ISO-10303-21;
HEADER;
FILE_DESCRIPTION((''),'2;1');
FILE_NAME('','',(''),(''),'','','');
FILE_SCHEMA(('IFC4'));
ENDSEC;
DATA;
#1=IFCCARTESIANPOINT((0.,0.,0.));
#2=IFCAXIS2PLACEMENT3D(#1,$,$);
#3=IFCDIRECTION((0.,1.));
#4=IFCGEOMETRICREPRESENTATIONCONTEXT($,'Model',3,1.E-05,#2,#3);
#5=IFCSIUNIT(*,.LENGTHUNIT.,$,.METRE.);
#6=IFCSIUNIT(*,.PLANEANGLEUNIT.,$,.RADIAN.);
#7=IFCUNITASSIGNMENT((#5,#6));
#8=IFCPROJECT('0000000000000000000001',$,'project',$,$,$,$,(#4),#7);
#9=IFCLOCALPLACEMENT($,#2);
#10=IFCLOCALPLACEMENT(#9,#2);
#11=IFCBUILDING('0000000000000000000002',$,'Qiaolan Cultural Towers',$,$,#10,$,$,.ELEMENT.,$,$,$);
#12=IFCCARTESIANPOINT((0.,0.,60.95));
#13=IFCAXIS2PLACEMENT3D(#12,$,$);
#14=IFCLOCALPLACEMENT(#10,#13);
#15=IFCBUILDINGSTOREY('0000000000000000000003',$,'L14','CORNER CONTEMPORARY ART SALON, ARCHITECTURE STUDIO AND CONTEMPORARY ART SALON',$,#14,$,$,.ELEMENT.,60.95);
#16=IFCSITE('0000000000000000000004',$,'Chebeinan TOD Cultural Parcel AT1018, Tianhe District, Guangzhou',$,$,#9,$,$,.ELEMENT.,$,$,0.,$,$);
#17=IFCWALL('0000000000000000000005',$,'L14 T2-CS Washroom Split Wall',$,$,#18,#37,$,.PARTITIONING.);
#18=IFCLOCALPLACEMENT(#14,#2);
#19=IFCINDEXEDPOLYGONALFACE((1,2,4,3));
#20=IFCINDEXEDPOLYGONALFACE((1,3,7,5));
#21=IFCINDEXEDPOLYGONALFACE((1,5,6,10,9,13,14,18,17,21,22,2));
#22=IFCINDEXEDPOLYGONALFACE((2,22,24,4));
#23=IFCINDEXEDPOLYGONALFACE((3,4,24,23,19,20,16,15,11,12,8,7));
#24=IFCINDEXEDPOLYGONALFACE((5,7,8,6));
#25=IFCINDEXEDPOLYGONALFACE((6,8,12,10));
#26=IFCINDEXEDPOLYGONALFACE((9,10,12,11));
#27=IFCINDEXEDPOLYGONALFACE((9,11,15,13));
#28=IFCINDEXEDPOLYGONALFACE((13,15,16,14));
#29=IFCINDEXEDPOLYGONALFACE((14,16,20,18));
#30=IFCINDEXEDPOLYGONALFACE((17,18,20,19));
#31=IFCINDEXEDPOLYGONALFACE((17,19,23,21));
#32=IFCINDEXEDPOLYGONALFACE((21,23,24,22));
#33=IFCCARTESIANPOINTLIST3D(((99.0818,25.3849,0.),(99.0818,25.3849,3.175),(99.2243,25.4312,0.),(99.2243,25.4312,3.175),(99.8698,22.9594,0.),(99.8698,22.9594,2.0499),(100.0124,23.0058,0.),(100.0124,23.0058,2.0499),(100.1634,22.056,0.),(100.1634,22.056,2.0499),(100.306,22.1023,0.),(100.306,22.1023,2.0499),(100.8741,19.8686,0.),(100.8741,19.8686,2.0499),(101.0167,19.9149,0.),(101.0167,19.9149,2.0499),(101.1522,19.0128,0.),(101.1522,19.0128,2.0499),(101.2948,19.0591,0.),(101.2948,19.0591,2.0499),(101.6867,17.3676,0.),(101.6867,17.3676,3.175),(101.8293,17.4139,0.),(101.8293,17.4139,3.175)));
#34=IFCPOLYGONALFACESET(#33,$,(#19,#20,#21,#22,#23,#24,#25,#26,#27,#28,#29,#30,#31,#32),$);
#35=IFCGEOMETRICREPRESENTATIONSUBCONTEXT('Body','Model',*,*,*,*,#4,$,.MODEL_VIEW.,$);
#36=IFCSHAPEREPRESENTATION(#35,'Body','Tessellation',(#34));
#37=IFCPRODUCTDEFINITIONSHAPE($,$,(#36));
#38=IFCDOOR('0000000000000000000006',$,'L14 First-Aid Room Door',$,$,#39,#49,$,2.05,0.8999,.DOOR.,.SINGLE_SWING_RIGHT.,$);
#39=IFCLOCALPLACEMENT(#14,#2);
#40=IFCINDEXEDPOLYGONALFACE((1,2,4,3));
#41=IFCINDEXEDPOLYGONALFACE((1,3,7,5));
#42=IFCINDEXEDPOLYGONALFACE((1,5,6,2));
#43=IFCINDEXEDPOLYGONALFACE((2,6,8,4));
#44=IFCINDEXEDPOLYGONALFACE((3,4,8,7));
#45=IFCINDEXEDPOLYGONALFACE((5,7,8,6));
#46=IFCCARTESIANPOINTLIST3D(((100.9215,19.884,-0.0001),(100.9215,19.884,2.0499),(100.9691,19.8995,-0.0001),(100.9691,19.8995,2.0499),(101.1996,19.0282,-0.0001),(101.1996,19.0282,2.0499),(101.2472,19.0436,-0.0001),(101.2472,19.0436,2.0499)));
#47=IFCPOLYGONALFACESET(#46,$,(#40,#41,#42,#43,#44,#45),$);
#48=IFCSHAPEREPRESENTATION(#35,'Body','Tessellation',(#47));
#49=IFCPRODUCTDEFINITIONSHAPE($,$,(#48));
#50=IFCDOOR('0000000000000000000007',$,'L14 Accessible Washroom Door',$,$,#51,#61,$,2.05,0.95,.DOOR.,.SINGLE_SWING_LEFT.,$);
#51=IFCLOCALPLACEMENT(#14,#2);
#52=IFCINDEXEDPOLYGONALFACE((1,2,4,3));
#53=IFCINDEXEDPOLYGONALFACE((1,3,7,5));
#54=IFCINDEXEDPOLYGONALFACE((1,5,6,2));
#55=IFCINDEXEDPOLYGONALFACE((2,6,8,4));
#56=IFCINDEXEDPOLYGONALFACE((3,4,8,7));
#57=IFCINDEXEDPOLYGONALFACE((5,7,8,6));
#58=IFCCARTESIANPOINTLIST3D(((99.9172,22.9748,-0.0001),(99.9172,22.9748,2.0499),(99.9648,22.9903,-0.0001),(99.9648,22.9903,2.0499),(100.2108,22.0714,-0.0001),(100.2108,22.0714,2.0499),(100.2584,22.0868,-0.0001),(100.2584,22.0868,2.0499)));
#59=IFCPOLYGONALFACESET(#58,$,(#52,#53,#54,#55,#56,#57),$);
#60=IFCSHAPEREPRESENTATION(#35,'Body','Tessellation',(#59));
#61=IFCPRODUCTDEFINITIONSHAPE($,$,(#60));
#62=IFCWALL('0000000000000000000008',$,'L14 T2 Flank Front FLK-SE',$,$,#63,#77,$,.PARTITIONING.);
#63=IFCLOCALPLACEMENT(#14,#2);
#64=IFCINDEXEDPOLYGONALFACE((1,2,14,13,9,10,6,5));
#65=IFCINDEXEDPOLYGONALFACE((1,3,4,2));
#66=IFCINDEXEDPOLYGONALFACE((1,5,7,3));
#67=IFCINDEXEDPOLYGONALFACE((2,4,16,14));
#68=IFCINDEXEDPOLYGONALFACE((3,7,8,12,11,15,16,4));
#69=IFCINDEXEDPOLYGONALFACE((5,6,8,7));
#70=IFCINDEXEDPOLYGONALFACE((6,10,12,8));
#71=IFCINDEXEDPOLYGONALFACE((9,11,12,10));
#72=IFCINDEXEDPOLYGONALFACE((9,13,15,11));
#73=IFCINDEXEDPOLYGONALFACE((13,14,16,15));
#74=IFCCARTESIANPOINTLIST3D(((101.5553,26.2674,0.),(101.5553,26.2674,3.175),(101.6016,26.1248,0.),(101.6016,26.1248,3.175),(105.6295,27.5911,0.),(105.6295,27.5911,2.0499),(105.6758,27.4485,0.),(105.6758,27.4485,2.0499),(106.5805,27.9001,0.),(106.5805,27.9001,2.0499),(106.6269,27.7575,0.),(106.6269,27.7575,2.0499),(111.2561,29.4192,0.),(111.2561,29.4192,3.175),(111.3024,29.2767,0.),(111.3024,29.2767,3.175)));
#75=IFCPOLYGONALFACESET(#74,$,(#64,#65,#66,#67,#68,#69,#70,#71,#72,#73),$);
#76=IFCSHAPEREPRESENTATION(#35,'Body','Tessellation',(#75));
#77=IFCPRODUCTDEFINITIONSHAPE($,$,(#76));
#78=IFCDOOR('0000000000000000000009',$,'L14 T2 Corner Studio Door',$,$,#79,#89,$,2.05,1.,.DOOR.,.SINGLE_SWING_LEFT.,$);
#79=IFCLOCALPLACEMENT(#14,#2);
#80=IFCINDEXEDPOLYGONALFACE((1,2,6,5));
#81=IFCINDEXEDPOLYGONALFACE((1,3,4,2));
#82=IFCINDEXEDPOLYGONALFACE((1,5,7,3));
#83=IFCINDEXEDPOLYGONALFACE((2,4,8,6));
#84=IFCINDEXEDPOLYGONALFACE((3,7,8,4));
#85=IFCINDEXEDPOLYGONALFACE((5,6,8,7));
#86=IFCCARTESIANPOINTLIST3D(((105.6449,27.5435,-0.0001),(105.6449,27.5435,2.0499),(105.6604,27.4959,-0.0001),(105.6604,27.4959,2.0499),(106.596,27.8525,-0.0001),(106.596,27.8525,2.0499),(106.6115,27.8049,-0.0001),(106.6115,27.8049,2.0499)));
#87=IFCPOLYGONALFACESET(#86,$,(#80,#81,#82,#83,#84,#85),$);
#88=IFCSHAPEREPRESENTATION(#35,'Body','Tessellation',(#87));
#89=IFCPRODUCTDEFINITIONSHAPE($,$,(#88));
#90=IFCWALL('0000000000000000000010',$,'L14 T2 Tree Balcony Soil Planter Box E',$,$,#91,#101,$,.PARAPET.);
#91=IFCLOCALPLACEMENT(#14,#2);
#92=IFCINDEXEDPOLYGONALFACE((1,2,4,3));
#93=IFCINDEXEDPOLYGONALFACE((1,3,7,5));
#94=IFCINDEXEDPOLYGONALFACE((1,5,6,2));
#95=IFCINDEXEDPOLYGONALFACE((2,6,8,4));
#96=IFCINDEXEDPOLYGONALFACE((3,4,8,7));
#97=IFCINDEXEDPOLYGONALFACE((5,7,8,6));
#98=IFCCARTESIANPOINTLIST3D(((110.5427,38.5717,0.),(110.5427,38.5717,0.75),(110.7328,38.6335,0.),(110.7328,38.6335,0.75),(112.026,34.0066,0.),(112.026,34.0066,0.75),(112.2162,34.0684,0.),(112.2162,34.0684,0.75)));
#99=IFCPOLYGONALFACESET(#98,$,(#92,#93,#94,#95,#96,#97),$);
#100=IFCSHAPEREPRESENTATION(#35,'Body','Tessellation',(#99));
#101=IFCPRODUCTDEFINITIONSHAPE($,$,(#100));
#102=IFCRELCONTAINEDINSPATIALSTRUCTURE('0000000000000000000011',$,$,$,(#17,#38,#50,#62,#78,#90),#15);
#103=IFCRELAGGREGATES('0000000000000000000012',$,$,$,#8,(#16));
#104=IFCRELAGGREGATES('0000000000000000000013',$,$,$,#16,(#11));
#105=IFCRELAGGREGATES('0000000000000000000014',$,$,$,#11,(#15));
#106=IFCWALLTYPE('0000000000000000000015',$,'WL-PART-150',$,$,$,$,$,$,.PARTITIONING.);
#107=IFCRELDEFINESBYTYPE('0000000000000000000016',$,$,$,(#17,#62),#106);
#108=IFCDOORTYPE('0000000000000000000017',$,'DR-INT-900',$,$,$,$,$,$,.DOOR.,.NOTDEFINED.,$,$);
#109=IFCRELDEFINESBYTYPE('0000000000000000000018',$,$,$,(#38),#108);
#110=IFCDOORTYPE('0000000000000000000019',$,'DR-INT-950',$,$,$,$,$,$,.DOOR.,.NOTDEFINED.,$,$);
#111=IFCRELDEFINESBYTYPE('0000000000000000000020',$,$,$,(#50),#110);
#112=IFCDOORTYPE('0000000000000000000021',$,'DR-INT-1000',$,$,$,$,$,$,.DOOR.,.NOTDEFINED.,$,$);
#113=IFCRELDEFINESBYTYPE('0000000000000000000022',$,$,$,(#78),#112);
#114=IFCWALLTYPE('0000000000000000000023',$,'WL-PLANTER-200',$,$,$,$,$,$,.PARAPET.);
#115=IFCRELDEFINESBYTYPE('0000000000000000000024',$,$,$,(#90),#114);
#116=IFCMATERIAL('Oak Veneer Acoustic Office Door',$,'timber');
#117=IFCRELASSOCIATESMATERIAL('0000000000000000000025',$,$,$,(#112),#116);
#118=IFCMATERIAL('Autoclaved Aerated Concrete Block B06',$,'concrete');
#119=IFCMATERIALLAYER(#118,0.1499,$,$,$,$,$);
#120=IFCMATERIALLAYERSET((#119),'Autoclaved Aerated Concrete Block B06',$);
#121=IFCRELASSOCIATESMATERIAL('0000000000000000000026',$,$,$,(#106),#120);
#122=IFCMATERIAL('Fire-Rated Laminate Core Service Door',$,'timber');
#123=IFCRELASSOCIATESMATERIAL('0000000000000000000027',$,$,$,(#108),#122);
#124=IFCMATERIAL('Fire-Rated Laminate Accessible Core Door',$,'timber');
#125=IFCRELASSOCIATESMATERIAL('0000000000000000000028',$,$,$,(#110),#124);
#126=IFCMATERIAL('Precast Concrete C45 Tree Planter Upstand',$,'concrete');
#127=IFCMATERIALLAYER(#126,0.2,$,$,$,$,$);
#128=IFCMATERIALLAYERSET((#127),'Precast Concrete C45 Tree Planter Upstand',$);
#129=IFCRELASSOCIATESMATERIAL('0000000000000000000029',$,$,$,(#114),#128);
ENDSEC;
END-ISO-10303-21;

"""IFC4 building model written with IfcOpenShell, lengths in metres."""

from ifc_helpers import new_model, si_unit, direction, frame, frame_2d, origin, place, context, subcontext, project, spatial, rectangle, extrude, material, layer, layer_set, type_object, element, fill, save


model = new_model("IFC4")

# Units and contexts
model_context = context("Model", 3, precision=1e-05, world=origin(), true_north=direction((0.0, 1.0)))
body_context = subcontext(model_context, "Body", "Model", "MODEL_VIEW")
ifc_project = project(units=[si_unit("LENGTHUNIT", "METRE"), si_unit("PLANEANGLEUNIT", "RADIAN")], contexts=[model_context])

# Site, building, storey
site_placement = place(None, origin())
site = spatial("IfcSite", under=ifc_project, at=site_placement, Name="Chebeinan TOD Cultural Parcel AT1018, Tianhe District, Guangzhou", CompositionType="ELEMENT", RefElevation=0.0)
building_placement = place(site_placement, origin())
building = spatial("IfcBuilding", under=site, at=building_placement, Name="Qiaolan Cultural Towers", CompositionType="ELEMENT")
storey_placement = place(building_placement, frame((0.0, 0.0, 60.95)))
storey = spatial("IfcBuildingStorey", under=building, at=storey_placement, Name="L14", Description="CORNER CONTEMPORARY ART SALON, ARCHITECTURE STUDIO AND CONTEMPORARY ART SALON", CompositionType="ELEMENT", Elevation=60.95)

# Shared definitions
ifc_material_1 = material(Name="Oak Veneer Acoustic Office Door", Category="timber")
door_type_1 = type_object("IfcDoorType", Name="DR-INT-1000", OperationType="NOTDEFINED", PredefinedType="DOOR", material=ifc_material_1)

# Wall, openings, doors
ifc_material_2 = material(Name="Autoclaved Aerated Concrete Block B06", Category="concrete")
ifc_layer_1 = layer(ifc_material_2, 0.1499)
ifc_layer_set_1 = layer_set([ifc_layer_1], Name="Autoclaved Aerated Concrete Block B06")
wall_type_1 = type_object("IfcWallType", Name="WL-PART-150", PredefinedType="PARTITIONING", material=ifc_layer_set_1)
wall_1_placement = place(storey_placement, frame((99.1531, 25.408, 0.0), z_axis=(0.0, 0.0, 1.0), x_axis=(0.309016, -0.951057, 0.0)))
wall_1 = element("IfcWall", 1, at=wall_1_placement, inside=storey, type_object=wall_type_1, Name="L14 T2-CS Washroom Split Wall", PredefinedType="PARTITIONING", context=body_context, shape_type="SweptSolid", body=[
    extrude(rectangle(XDim=8.4299, YDim=0.1499, at=frame_2d((4.2148, 0.0))), origin(), (0.0, 0.0, 1.0), 3.175),
])
opening_1_placement = place(wall_1_placement, frame((2.55, 0.0, 0.0)))
opening_1 = element("IfcOpeningElement", 2, at=opening_1_placement, cuts=wall_1, PredefinedType="OPENING", context=body_context, shape_type="SweptSolid", body=[
    extrude(rectangle(XDim=0.95, YDim=2.05, at=frame_2d((0.4751, 1.0249))), frame((0.0, 0.085, 0.0), z_axis=(0.0, -1.0, 0.0), x_axis=(1.0, 0.0, 0.0)), (0.0, 0.0, 1.0), 0.1699),
])
opening_2_placement = place(wall_1_placement, frame((5.8, 0.0, 0.0)))
opening_2 = element("IfcOpeningElement", 3, at=opening_2_placement, cuts=wall_1, PredefinedType="OPENING", context=body_context, shape_type="SweptSolid", body=[
    extrude(rectangle(XDim=0.8999, YDim=2.05, at=frame_2d((0.45, 1.0249))), frame((0.0, 0.085, 0.0), z_axis=(0.0, -1.0, 0.0), x_axis=(1.0, 0.0, 0.0)), (0.0, 0.0, 1.0), 0.1699),
])
ifc_material_3 = material(Name="Fire-Rated Laminate Core Service Door", Category="timber")
door_type_2 = type_object("IfcDoorType", Name="DR-INT-900", OperationType="NOTDEFINED", PredefinedType="DOOR", material=ifc_material_3)
door_1_placement = place(opening_2_placement, origin())
door_1 = element("IfcDoor", 4, at=door_1_placement, inside=storey, type_object=door_type_2, Name="L14 First-Aid Room Door", OperationType="SINGLE_SWING_RIGHT", OverallHeight=2.05, OverallWidth=0.8999, PredefinedType="DOOR", context=body_context, shape_type="SweptSolid", body=[
    extrude(rectangle(XDim=0.8999, YDim=2.05, at=frame_2d((0.45, 1.0249))), frame((0.0, 0.0249, 0.0), z_axis=(0.0, -1.0, 0.0), x_axis=(1.0, 0.0, 0.0)), (0.0, 0.0, 1.0), 0.05),
])
fill(opening_2, door_1)
ifc_material_4 = material(Name="Fire-Rated Laminate Accessible Core Door", Category="timber")
door_type_3 = type_object("IfcDoorType", Name="DR-INT-950", OperationType="NOTDEFINED", PredefinedType="DOOR", material=ifc_material_4)
door_2_placement = place(opening_1_placement, origin())
door_2 = element("IfcDoor", 5, at=door_2_placement, inside=storey, type_object=door_type_3, Name="L14 Accessible Washroom Door", OperationType="SINGLE_SWING_LEFT", OverallHeight=2.05, OverallWidth=0.95, PredefinedType="DOOR", context=body_context, shape_type="SweptSolid", body=[
    extrude(rectangle(XDim=0.95, YDim=2.05, at=frame_2d((0.4751, 1.0249))), frame((0.0, 0.0249, 0.0), z_axis=(0.0, -1.0, 0.0), x_axis=(1.0, 0.0, 0.0)), (0.0, 0.0, 1.0), 0.05),
])
fill(opening_1, door_2)

# Wall, opening, door
wall_2_placement = place(storey_placement, frame((101.5784, 26.196, 0.0), z_axis=(0.0, 0.0, 1.0), x_axis=(0.951059, 0.309009, 0.0)))
wall_2 = element("IfcWall", 6, at=wall_2_placement, inside=storey, type_object=wall_type_1, Name="L14 T2 Flank Front FLK-SE", PredefinedType="PARTITIONING", context=body_context, shape_type="SweptSolid", body=[
    extrude(rectangle(XDim=10.2, YDim=0.1499, at=frame_2d((5.1001, 0.0))), origin(), (0.0, 0.0, 1.0), 3.175),
])
opening_3_placement = place(wall_2_placement, frame((4.2839, 0.0, 0.0)))
opening_3 = element("IfcOpeningElement", 7, at=opening_3_placement, cuts=wall_2, PredefinedType="OPENING", context=body_context, shape_type="SweptSolid", body=[
    extrude(rectangle(XDim=1.0, YDim=2.05, at=frame_2d((0.5, 1.0249))), frame((0.0, 0.085, 0.0), z_axis=(0.0, -1.0, 0.0), x_axis=(1.0, 0.0, 0.0)), (0.0, 0.0, 1.0), 0.1699),
])
door_3_placement = place(opening_3_placement, origin())
door_3 = element("IfcDoor", 8, at=door_3_placement, inside=storey, type_object=door_type_1, Name="L14 T2 Corner Studio Door", OperationType="SINGLE_SWING_LEFT", OverallHeight=2.05, OverallWidth=1.0, PredefinedType="DOOR", context=body_context, shape_type="SweptSolid", body=[
    extrude(rectangle(XDim=1.0, YDim=2.05, at=frame_2d((0.5, 1.0249))), frame((0.0, 0.0249, 0.0), z_axis=(0.0, -1.0, 0.0), x_axis=(1.0, 0.0, 0.0)), (0.0, 0.0, 1.0), 0.05),
])
fill(opening_3, door_3)

# Wall
ifc_material_5 = material(Name="Precast Concrete C45 Tree Planter Upstand", Category="concrete")
ifc_layer_2 = layer(ifc_material_5, 0.2)
ifc_layer_set_2 = layer_set([ifc_layer_2], Name="Precast Concrete C45 Tree Planter Upstand")
wall_type_2 = type_object("IfcWallType", Name="WL-PLANTER-200", PredefinedType="PARAPET", material=ifc_layer_set_2)
wall_3_placement = place(storey_placement, frame((112.1211, 34.0376, 0.0), z_axis=(0.0, 0.0, 1.0), x_axis=(-0.309032, 0.951052, 0.0)))
element("IfcWall", 9, at=wall_3_placement, inside=storey, type_object=wall_type_2, Name="L14 T2 Tree Balcony Soil Planter Box E", PredefinedType="PARAPET", context=body_context, shape_type="SweptSolid", body=[
    extrude(rectangle(XDim=4.8, YDim=0.2, at=frame_2d((2.3999, 0.0))), origin(), (0.0, 0.0, 1.0), 0.75),
])

save(model, "model.ifc")
